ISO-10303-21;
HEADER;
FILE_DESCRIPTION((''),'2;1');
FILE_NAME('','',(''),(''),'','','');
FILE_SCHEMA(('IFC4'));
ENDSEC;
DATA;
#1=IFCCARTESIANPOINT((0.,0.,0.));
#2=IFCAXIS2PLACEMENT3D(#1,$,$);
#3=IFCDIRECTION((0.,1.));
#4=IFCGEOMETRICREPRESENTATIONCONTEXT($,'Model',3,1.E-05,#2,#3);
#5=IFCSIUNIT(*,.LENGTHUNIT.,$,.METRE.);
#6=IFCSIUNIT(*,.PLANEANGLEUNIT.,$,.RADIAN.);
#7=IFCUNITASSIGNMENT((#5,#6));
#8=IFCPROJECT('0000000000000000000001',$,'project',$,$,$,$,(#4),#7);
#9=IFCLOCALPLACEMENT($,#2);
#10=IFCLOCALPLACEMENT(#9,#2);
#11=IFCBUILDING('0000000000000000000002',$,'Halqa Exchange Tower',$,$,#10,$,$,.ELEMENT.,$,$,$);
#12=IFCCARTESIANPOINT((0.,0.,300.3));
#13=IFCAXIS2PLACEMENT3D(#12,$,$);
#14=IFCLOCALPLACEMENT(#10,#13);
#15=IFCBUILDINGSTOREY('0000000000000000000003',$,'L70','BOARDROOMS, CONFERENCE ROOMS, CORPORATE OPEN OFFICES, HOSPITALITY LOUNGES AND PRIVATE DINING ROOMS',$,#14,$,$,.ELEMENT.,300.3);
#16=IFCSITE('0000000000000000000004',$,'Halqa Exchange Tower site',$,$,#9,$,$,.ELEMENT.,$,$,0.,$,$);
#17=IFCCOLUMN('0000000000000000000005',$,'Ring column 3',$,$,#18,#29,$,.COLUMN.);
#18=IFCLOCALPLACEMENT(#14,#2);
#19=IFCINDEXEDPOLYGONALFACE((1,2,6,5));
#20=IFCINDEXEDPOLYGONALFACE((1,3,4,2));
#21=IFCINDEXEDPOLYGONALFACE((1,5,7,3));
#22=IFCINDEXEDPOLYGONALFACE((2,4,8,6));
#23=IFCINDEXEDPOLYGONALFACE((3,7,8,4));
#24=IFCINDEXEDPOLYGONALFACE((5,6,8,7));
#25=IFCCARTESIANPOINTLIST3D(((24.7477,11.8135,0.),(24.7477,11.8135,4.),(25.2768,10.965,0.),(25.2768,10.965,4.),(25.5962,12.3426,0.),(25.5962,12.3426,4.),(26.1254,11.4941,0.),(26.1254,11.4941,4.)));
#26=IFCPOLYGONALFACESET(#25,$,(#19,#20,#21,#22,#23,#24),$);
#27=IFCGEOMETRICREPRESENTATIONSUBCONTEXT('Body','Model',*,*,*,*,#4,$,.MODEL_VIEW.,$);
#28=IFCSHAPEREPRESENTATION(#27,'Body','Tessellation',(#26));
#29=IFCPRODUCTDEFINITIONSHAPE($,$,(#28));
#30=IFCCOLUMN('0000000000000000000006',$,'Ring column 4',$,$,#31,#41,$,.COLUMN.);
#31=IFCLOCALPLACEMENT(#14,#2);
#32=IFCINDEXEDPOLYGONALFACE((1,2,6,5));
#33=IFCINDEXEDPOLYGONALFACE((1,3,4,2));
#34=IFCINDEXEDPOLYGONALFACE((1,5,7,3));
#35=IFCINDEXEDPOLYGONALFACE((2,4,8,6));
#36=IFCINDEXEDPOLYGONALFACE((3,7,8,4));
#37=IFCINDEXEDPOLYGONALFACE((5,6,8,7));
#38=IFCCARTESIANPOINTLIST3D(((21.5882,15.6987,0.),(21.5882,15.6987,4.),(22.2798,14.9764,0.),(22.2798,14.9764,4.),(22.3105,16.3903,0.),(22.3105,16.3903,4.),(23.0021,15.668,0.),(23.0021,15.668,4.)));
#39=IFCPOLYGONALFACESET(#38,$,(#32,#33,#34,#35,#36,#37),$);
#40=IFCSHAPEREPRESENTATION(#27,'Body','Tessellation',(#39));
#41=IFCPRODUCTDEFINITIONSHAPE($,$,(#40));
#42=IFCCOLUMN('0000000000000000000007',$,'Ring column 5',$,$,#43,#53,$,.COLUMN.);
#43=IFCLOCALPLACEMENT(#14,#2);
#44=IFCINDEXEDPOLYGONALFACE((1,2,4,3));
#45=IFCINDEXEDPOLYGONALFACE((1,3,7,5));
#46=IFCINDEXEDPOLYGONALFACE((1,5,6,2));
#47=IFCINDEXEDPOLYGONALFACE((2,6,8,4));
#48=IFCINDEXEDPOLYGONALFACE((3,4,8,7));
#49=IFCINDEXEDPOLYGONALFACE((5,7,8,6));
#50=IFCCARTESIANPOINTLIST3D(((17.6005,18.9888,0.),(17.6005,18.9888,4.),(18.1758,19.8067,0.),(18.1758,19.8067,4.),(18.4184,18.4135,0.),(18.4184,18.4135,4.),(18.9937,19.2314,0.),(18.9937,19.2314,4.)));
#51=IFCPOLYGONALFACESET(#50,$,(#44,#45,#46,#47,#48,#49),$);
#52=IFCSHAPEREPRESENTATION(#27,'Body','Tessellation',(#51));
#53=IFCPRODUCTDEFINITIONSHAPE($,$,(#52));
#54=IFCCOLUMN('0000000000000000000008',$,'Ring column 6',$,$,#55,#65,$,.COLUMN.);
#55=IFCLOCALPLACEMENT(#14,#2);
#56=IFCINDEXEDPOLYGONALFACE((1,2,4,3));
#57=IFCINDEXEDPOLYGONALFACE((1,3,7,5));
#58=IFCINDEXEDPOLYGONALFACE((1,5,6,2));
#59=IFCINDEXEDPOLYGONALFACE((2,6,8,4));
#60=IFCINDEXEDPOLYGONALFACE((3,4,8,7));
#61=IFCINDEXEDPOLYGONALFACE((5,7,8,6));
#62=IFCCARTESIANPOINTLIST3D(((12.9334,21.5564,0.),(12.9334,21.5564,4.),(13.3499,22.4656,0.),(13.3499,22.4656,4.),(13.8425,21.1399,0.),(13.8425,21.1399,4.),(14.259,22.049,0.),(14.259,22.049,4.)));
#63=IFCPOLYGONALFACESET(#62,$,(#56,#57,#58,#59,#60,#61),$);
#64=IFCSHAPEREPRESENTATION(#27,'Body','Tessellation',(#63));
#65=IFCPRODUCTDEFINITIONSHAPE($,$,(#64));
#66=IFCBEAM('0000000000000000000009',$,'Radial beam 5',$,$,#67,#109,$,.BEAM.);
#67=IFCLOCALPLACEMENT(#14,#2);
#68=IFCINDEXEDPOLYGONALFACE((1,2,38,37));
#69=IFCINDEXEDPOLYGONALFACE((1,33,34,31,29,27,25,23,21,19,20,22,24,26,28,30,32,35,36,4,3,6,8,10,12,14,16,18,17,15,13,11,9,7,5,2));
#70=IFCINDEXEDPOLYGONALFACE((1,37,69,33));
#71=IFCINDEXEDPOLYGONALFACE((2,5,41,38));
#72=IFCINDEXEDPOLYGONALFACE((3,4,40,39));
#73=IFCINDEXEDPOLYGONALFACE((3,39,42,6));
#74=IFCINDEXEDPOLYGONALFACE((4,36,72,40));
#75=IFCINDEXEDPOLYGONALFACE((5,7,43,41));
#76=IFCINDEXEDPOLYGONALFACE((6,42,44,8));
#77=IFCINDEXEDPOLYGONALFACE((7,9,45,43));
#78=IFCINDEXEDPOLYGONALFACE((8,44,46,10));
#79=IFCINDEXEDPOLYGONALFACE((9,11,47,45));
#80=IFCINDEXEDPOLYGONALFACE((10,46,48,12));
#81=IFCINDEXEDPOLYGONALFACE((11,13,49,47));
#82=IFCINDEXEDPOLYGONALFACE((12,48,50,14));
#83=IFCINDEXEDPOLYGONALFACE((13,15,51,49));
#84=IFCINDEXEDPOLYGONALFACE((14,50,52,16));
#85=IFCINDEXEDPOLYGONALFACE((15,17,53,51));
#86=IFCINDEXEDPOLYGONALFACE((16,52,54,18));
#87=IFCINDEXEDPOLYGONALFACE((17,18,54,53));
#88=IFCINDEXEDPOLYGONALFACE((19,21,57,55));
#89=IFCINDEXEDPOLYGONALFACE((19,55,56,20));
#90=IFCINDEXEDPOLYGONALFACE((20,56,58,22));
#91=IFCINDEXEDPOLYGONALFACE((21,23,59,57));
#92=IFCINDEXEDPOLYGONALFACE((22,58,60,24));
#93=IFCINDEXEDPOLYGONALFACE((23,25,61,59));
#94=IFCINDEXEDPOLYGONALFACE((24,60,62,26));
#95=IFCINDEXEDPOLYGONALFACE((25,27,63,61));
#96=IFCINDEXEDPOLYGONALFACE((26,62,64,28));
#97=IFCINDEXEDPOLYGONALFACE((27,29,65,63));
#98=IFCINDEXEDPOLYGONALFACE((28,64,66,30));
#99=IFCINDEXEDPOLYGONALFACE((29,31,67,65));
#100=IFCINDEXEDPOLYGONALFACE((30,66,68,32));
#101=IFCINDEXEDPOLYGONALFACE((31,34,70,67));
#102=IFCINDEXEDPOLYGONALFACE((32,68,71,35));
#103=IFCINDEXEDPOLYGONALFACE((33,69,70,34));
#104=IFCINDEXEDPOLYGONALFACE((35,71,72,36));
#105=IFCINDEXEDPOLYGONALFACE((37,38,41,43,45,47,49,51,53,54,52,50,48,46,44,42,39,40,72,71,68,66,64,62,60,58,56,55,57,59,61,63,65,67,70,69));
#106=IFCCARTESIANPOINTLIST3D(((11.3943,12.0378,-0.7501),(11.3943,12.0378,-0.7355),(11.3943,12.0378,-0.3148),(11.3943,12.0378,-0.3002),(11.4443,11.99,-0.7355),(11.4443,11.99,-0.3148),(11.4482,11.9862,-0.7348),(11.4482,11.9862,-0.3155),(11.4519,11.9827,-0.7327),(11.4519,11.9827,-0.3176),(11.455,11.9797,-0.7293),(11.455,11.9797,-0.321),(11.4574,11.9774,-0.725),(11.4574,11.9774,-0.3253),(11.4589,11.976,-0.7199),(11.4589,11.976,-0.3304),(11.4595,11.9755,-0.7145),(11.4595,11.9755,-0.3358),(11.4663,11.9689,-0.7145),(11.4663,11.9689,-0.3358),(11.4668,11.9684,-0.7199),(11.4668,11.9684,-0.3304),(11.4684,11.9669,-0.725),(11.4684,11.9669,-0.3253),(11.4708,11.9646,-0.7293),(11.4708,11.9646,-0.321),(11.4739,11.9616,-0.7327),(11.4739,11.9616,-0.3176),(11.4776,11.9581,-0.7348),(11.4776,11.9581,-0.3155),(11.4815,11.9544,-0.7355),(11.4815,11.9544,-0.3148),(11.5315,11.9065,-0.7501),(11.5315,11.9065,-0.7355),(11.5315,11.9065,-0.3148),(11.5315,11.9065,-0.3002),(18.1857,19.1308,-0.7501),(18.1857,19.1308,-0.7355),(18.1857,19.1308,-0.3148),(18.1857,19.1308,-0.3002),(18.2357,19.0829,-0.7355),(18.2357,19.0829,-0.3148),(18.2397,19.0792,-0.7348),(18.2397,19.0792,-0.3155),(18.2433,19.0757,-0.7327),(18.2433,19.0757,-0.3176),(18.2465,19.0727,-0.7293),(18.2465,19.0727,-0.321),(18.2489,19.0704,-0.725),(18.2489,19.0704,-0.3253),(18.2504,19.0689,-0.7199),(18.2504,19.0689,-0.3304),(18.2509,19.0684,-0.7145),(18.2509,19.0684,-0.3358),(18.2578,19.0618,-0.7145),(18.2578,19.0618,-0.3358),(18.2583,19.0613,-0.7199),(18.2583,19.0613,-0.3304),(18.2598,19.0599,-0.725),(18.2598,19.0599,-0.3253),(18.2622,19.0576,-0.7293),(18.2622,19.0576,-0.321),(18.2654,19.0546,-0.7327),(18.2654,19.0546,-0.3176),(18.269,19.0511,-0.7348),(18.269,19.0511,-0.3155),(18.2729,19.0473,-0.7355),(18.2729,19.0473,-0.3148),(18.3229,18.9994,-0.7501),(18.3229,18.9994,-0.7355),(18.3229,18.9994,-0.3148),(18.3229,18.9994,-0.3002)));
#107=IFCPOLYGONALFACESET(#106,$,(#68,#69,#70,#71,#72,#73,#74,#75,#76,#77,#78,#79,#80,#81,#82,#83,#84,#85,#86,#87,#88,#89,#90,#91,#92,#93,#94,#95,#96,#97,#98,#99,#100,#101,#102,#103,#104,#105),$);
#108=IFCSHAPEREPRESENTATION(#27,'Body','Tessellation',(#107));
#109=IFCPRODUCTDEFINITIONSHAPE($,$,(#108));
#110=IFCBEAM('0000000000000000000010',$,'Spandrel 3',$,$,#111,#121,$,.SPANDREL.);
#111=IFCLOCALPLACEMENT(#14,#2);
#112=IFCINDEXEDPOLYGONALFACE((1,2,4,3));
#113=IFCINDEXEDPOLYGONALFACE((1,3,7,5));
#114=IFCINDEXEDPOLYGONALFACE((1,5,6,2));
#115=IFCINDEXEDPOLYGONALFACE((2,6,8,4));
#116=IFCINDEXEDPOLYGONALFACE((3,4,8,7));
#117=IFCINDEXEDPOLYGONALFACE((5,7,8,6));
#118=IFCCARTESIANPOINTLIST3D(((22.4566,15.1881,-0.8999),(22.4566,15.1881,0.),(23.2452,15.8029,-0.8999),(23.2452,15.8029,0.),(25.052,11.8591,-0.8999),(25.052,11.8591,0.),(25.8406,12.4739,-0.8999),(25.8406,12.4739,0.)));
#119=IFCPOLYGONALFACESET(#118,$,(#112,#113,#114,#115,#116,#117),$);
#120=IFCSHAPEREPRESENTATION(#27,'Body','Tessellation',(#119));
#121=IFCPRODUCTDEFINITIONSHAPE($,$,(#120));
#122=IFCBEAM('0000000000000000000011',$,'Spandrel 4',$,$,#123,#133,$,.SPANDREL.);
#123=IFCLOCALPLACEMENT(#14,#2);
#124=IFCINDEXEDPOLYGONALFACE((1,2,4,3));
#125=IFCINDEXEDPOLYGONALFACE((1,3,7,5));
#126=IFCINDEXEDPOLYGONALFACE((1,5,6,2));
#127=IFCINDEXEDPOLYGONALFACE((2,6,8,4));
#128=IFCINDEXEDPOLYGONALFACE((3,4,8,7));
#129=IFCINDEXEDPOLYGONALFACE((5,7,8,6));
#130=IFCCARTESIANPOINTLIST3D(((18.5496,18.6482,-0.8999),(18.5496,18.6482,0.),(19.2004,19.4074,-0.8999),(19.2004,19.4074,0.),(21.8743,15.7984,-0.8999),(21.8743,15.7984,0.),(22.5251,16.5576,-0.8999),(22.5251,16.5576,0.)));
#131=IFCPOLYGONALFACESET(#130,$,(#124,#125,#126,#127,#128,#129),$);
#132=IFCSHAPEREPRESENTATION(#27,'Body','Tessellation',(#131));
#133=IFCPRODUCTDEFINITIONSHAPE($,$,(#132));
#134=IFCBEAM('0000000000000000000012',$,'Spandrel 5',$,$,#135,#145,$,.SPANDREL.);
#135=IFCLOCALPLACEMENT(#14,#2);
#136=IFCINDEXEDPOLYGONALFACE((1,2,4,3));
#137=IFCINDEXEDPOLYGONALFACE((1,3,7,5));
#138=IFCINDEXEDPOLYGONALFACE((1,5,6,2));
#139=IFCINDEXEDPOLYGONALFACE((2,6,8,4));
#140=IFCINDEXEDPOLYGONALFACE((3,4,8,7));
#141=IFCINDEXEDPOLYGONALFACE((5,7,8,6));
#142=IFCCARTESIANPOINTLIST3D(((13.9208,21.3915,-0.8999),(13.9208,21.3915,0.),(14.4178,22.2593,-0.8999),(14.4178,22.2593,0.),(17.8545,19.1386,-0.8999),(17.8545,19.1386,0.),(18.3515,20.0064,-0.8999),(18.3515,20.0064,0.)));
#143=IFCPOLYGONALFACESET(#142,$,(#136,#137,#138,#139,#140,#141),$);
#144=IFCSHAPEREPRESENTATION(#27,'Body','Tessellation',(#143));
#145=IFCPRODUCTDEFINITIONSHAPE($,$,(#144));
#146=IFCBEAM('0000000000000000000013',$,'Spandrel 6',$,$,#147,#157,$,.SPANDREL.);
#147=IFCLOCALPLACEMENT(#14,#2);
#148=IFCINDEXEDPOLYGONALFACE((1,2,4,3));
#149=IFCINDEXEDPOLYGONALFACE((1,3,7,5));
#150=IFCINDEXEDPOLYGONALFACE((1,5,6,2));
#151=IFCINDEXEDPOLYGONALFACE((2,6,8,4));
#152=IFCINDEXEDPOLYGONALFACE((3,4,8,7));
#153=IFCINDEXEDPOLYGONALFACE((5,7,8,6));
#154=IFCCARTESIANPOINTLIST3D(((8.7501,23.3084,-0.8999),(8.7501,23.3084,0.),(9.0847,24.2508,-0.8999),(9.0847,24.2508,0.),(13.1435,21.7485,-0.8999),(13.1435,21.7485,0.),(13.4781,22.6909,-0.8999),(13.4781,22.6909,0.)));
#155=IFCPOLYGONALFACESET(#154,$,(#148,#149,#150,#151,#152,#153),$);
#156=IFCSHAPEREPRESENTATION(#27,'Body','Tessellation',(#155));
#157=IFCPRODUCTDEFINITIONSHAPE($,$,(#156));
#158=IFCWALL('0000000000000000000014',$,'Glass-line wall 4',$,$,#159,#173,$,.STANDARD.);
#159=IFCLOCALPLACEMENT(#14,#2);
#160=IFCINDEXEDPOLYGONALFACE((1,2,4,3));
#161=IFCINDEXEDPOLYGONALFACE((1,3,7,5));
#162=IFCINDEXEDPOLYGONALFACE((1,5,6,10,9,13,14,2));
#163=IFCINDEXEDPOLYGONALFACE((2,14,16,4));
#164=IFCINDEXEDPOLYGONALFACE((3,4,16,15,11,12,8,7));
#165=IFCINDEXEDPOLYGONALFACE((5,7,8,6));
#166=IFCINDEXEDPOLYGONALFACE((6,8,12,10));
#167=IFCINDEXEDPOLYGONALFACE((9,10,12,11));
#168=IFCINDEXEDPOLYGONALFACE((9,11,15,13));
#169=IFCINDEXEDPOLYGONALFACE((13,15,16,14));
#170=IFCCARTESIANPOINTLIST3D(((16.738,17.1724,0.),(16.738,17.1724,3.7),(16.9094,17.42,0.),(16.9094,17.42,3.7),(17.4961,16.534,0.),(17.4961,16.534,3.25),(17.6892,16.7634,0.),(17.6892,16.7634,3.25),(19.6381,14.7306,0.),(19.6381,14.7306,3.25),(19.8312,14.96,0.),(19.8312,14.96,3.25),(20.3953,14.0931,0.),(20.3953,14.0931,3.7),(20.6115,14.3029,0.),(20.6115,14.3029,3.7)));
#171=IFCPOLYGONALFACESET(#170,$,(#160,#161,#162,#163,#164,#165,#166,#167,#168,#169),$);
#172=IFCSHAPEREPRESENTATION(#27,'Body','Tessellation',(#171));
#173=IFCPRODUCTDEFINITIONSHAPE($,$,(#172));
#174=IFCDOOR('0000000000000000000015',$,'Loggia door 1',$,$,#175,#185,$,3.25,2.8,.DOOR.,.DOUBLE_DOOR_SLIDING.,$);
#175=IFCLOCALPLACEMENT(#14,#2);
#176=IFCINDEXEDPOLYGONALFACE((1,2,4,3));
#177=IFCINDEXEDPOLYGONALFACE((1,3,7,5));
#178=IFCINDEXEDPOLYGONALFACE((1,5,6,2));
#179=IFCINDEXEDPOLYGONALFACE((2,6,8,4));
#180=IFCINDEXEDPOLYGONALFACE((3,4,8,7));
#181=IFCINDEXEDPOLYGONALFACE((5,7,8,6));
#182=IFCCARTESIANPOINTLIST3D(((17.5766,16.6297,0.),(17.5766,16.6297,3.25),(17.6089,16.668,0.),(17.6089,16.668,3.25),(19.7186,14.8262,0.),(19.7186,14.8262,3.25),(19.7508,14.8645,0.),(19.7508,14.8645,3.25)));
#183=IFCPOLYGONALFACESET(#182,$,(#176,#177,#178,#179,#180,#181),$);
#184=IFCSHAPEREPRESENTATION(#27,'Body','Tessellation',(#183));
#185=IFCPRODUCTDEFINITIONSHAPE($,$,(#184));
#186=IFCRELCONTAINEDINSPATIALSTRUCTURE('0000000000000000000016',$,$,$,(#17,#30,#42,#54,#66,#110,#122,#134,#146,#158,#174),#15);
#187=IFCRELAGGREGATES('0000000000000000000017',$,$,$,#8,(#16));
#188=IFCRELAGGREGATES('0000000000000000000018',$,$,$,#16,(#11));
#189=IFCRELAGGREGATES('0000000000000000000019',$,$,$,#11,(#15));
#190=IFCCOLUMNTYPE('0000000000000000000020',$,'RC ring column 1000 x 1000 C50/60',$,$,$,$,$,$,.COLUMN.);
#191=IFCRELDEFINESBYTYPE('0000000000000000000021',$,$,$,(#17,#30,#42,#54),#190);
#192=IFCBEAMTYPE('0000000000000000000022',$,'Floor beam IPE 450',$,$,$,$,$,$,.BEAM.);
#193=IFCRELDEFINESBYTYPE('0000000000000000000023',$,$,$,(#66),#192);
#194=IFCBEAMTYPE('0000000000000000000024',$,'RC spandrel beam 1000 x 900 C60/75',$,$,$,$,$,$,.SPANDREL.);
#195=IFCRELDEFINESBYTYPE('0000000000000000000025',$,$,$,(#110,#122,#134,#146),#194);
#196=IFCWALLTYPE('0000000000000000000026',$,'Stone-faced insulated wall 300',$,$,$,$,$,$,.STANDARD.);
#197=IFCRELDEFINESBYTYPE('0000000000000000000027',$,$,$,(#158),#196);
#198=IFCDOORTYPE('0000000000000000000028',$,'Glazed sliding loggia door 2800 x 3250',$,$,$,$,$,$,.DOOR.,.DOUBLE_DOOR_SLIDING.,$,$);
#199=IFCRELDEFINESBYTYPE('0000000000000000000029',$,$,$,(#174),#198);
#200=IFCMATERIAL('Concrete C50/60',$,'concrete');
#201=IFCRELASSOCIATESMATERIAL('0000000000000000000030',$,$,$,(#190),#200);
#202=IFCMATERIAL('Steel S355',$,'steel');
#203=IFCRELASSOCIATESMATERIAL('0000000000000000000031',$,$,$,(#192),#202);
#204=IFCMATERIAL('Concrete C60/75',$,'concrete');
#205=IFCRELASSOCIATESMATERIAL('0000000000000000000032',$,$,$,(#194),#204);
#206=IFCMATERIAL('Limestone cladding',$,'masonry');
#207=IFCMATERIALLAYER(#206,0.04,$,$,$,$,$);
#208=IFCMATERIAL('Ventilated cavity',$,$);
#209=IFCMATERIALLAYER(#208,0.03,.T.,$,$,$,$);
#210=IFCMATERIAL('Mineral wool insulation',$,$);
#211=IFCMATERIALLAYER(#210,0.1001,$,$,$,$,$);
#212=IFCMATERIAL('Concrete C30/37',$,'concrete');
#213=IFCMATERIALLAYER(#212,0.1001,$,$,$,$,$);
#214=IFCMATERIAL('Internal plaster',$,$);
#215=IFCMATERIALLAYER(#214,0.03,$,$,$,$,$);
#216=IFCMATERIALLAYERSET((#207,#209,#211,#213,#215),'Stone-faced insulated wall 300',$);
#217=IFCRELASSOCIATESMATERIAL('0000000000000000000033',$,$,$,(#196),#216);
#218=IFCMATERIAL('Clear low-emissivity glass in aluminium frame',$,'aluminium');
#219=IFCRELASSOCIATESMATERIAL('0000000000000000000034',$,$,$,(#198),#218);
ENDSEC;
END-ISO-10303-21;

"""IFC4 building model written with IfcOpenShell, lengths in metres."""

from ifc_helpers import new_model, si_unit, direction, frame, frame_2d, origin, origin_2d, place, context, subcontext, project, spatial, polyline, rectangle, i_section, outline, extrude, material, layer, layer_set, material_profile, profile_set, type_object, element, fill, save


model = new_model("IFC4")

# Units and contexts
model_context = context("Model", 3, precision=1e-05, world=origin(), true_north=direction((0.0, 1.0)))
body_context = subcontext(model_context, "Body", "Model", "MODEL_VIEW")
ifc_project = project(units=[si_unit("LENGTHUNIT", "METRE"), si_unit("PLANEANGLEUNIT", "RADIAN")], contexts=[model_context])

# Site, building, storey
site_placement = place(None, origin())
site = spatial("IfcSite", under=ifc_project, at=site_placement, Name="Halqa Exchange Tower site", CompositionType="ELEMENT", RefElevation=0.0)
building_placement = place(site_placement, origin())
building = spatial("IfcBuilding", under=site, at=building_placement, Name="Halqa Exchange Tower", CompositionType="ELEMENT")
storey_placement = place(building_placement, frame((0.0, 0.0, 300.3)))
storey = spatial("IfcBuildingStorey", under=building, at=storey_placement, Name="L70", Description="BOARDROOMS, CONFERENCE ROOMS, CORPORATE OPEN OFFICES, HOSPITALITY LOUNGES AND PRIVATE DINING ROOMS", CompositionType="ELEMENT", Elevation=300.3)

# Columns
ifc_material_1 = material(Name="Concrete C50/60", Category="concrete")
ifc_material_profile_1 = material_profile(ifc_material_1, rectangle(XDim=1.0, YDim=1.0, at=origin_2d()), Name="1000 x 1000")
ifc_profile_set_1 = profile_set([ifc_material_profile_1], Name="Concrete C50/60")
column_type = type_object("IfcColumnType", Name="RC ring column 1000 x 1000 C50/60", PredefinedType="COLUMN", material=ifc_profile_set_1)
for number, where, z_axis, x_axis, name in (
    (1, (25.4365, 11.6538, 0.0), (0.0, 0.0, 1.0), (-0.529151, 0.848528, 0.0), "Ring column 3"),
    (2, (22.2952, 15.6833, 0.0), (0.0, 0.0, 1.0), (-0.691581, 0.722299, 0.0), "Ring column 4"),
    (3, (18.2971, 19.1101, 0.0), (0.0, 0.0, 1.0), (-0.817904, 0.575355, 0.0), "Ring column 5"),
    (4, (13.5962, 21.8027, 0.0), (0.0, 0.0, 1.0), (-0.909126, 0.41652, 0.0), "Ring column 6"),
):
    element("IfcColumn", number, at=place(storey_placement, frame(where, z_axis=z_axis, x_axis=x_axis)), inside=storey, type_object=column_type, Name=name, PredefinedType="COLUMN", context=body_context, shape_type="SweptSolid", body=[
        extrude(rectangle(XDim=1.0, YDim=1.0, at=origin_2d()), origin(), (0.0, 0.0, 1.0), 4.0),
    ])

# Beams
ifc_material_2 = material(Name="Steel S355", Category="steel")
ifc_material_profile_2 = material_profile(ifc_material_2, i_section(OverallWidth=0.1899, OverallDepth=0.45, WebThickness=0.0095, FlangeThickness=0.0146, FilletRadius=0.021, at=origin_2d()), Name="IPE 450")
ifc_profile_set_2 = profile_set([ifc_material_profile_2], Name="Steel S355")
beam_type_1 = type_object("IfcBeamType", Name="Floor beam IPE 450", PredefinedType="BEAM", material=ifc_profile_set_2)
beam_1_placement = place(storey_placement, frame((11.4629, 11.9722, -0.5251), z_axis=(0.691588, 0.722292, 0.0), x_axis=(-0.722292, 0.691588, 0.0)))
element("IfcBeam", 5, at=beam_1_placement, inside=storey, type_object=beam_type_1, Name="Radial beam 5", PredefinedType="BEAM", context=body_context, shape_type="SweptSolid", body=[
    extrude(i_section(OverallWidth=0.1899, OverallDepth=0.45, WebThickness=0.0095, FlangeThickness=0.0146, FilletRadius=0.021, at=origin_2d()), origin(), (0.0, 0.0, 1.0), 9.8201),
])
ifc_material_3 = material(Name="Concrete C60/75", Category="concrete")
ifc_material_profile_3 = material_profile(ifc_material_3, rectangle(XDim=1.0, YDim=0.8999, at=origin_2d()), Name="1000 x 900")
ifc_profile_set_3 = profile_set([ifc_material_profile_3], Name="Concrete C60/75")
beam_type_2 = type_object("IfcBeamType", Name="RC spandrel beam 1000 x 900 C60/75", PredefinedType="SPANDREL", material=ifc_profile_set_3)
beam_2_placement = place(storey_placement, frame((25.4463, 12.1665, -0.45), z_axis=(-0.614849, 0.788645, 0.0), x_axis=(-0.788645, -0.614849, 0.0)))
element("IfcBeam", 6, at=beam_2_placement, inside=storey, type_object=beam_type_2, Name="Spandrel 3", PredefinedType="SPANDREL", context=body_context, shape_type="SweptSolid", body=[
    extrude(rectangle(XDim=1.0, YDim=0.8999, at=origin_2d()), origin(), (0.0, 0.0, 1.0), 4.2212),
])
beam_3_placement = place(storey_placement, frame((22.1997, 16.178, -0.45), z_axis=(-0.759245, 0.650805, 0.0), x_axis=(-0.650805, -0.759245, 0.0)))
element("IfcBeam", 7, at=beam_3_placement, inside=storey, type_object=beam_type_2, Name="Spandrel 4", PredefinedType="SPANDREL", context=body_context, shape_type="SweptSolid", body=[
    extrude(rectangle(XDim=1.0, YDim=0.8999, at=origin_2d()), origin(), (0.0, 0.0, 1.0), 4.3789),
])
beam_4_placement = place(storey_placement, frame((18.103, 19.5725, -0.45), z_axis=(-0.867766, 0.496974, 0.0), x_axis=(-0.496974, -0.867766, 0.0)))
element("IfcBeam", 8, at=beam_4_placement, inside=storey, type_object=beam_type_2, Name="Spandrel 5", PredefinedType="SPANDREL", context=body_context, shape_type="SweptSolid", body=[
    extrude(rectangle(XDim=1.0, YDim=0.8999, at=origin_2d()), origin(), (0.0, 0.0, 1.0), 4.5332),
])
beam_5_placement = place(storey_placement, frame((13.3108, 22.2197, -0.45), z_axis=(-0.942367, 0.334581, 0.0), x_axis=(-0.334581, -0.942367, 0.0)))
element("IfcBeam", 9, at=beam_5_placement, inside=storey, type_object=beam_type_2, Name="Spandrel 6", PredefinedType="SPANDREL", context=body_context, shape_type="SweptSolid", body=[
    extrude(rectangle(XDim=1.0, YDim=0.8999, at=origin_2d()), origin(), (0.0, 0.0, 1.0), 4.6621),
])

# Wall, opening, door
ifc_material_4 = material(Name="Limestone cladding", Category="masonry")
ifc_layer_1 = layer(ifc_material_4, 0.04)
ifc_material_5 = material(Name="Ventilated cavity")
ifc_layer_2 = layer(ifc_material_5, 0.03, ventilated=True)
ifc_material_6 = material(Name="Mineral wool insulation")
ifc_layer_3 = layer(ifc_material_6, 0.1001)
ifc_material_7 = material(Name="Concrete C30/37", Category="concrete")
ifc_layer_4 = layer(ifc_material_7, 0.1001)
ifc_material_8 = material(Name="Internal plaster")
ifc_layer_5 = layer(ifc_material_8, 0.03)
ifc_layer_set = layer_set([ifc_layer_1, ifc_layer_2, ifc_layer_3, ifc_layer_4, ifc_layer_5], Name="Stone-faced insulated wall 300")
wall_type = type_object("IfcWallType", Name="Stone-faced insulated wall 300", PredefinedType="STANDARD", material=ifc_layer_set)
wall_1_placement = place(storey_placement, frame((20.5034, 14.198, 0.0), z_axis=(0.0, 0.0, 1.0), x_axis=(-0.764966, 0.64407, 0.0)))
wall_1 = element("IfcWall", 10, at=wall_1_placement, inside=storey, type_object=wall_type, Name="Glass-line wall 4", PredefinedType="STANDARD", context=body_context, shape_type="SweptSolid", body=[
    extrude(outline(polyline([(-0.0151, -0.1499), (4.8245, -0.1499), (4.7961, 0.1499), (0.0151, 0.1499), (-0.0151, -0.1499)])), origin(), (0.0, 0.0, 1.0), 3.7),
])
opening_1_placement = place(wall_1_placement, frame((1.0051, 0.0, 0.0)))
opening_1 = element("IfcOpeningElement", 11, at=opening_1_placement, cuts=wall_1, PredefinedType="OPENING", context=body_context, shape_type="SweptSolid", body=[
    extrude(rectangle(XDim=2.8, YDim=3.25, at=frame_2d((1.3999, 1.625))), frame((0.0, 0.1621, 0.0), z_axis=(0.0, -1.0, 0.0), x_axis=(1.0, 0.0, 0.0)), (0.0, 0.0, 1.0), 0.324),
])
ifc_material_9 = material(Name="Clear low-emissivity glass in aluminium frame", Category="aluminium")
door_type = type_object("IfcDoorType", Name="Glazed sliding loggia door 2800 x 3250", OperationType="DOUBLE_DOOR_SLIDING", PredefinedType="DOOR", material=ifc_material_9)
door_placement = place(opening_1_placement, origin())
door = element("IfcDoor", 12, at=door_placement, inside=storey, type_object=door_type, Name="Loggia door 1", OperationType="DOUBLE_DOOR_SLIDING", OverallHeight=3.25, OverallWidth=2.8, PredefinedType="DOOR", context=body_context, shape_type="SweptSolid", body=[
    extrude(rectangle(XDim=2.8, YDim=3.25, at=frame_2d((1.3999, 1.625))), frame((0.0, 0.0249, 0.0), z_axis=(0.0, -1.0, 0.0), x_axis=(1.0, 0.0, 0.0)), (0.0, 0.0, 1.0), 0.05),
])
fill(opening_1, door)

save(model, "model.ifc")
